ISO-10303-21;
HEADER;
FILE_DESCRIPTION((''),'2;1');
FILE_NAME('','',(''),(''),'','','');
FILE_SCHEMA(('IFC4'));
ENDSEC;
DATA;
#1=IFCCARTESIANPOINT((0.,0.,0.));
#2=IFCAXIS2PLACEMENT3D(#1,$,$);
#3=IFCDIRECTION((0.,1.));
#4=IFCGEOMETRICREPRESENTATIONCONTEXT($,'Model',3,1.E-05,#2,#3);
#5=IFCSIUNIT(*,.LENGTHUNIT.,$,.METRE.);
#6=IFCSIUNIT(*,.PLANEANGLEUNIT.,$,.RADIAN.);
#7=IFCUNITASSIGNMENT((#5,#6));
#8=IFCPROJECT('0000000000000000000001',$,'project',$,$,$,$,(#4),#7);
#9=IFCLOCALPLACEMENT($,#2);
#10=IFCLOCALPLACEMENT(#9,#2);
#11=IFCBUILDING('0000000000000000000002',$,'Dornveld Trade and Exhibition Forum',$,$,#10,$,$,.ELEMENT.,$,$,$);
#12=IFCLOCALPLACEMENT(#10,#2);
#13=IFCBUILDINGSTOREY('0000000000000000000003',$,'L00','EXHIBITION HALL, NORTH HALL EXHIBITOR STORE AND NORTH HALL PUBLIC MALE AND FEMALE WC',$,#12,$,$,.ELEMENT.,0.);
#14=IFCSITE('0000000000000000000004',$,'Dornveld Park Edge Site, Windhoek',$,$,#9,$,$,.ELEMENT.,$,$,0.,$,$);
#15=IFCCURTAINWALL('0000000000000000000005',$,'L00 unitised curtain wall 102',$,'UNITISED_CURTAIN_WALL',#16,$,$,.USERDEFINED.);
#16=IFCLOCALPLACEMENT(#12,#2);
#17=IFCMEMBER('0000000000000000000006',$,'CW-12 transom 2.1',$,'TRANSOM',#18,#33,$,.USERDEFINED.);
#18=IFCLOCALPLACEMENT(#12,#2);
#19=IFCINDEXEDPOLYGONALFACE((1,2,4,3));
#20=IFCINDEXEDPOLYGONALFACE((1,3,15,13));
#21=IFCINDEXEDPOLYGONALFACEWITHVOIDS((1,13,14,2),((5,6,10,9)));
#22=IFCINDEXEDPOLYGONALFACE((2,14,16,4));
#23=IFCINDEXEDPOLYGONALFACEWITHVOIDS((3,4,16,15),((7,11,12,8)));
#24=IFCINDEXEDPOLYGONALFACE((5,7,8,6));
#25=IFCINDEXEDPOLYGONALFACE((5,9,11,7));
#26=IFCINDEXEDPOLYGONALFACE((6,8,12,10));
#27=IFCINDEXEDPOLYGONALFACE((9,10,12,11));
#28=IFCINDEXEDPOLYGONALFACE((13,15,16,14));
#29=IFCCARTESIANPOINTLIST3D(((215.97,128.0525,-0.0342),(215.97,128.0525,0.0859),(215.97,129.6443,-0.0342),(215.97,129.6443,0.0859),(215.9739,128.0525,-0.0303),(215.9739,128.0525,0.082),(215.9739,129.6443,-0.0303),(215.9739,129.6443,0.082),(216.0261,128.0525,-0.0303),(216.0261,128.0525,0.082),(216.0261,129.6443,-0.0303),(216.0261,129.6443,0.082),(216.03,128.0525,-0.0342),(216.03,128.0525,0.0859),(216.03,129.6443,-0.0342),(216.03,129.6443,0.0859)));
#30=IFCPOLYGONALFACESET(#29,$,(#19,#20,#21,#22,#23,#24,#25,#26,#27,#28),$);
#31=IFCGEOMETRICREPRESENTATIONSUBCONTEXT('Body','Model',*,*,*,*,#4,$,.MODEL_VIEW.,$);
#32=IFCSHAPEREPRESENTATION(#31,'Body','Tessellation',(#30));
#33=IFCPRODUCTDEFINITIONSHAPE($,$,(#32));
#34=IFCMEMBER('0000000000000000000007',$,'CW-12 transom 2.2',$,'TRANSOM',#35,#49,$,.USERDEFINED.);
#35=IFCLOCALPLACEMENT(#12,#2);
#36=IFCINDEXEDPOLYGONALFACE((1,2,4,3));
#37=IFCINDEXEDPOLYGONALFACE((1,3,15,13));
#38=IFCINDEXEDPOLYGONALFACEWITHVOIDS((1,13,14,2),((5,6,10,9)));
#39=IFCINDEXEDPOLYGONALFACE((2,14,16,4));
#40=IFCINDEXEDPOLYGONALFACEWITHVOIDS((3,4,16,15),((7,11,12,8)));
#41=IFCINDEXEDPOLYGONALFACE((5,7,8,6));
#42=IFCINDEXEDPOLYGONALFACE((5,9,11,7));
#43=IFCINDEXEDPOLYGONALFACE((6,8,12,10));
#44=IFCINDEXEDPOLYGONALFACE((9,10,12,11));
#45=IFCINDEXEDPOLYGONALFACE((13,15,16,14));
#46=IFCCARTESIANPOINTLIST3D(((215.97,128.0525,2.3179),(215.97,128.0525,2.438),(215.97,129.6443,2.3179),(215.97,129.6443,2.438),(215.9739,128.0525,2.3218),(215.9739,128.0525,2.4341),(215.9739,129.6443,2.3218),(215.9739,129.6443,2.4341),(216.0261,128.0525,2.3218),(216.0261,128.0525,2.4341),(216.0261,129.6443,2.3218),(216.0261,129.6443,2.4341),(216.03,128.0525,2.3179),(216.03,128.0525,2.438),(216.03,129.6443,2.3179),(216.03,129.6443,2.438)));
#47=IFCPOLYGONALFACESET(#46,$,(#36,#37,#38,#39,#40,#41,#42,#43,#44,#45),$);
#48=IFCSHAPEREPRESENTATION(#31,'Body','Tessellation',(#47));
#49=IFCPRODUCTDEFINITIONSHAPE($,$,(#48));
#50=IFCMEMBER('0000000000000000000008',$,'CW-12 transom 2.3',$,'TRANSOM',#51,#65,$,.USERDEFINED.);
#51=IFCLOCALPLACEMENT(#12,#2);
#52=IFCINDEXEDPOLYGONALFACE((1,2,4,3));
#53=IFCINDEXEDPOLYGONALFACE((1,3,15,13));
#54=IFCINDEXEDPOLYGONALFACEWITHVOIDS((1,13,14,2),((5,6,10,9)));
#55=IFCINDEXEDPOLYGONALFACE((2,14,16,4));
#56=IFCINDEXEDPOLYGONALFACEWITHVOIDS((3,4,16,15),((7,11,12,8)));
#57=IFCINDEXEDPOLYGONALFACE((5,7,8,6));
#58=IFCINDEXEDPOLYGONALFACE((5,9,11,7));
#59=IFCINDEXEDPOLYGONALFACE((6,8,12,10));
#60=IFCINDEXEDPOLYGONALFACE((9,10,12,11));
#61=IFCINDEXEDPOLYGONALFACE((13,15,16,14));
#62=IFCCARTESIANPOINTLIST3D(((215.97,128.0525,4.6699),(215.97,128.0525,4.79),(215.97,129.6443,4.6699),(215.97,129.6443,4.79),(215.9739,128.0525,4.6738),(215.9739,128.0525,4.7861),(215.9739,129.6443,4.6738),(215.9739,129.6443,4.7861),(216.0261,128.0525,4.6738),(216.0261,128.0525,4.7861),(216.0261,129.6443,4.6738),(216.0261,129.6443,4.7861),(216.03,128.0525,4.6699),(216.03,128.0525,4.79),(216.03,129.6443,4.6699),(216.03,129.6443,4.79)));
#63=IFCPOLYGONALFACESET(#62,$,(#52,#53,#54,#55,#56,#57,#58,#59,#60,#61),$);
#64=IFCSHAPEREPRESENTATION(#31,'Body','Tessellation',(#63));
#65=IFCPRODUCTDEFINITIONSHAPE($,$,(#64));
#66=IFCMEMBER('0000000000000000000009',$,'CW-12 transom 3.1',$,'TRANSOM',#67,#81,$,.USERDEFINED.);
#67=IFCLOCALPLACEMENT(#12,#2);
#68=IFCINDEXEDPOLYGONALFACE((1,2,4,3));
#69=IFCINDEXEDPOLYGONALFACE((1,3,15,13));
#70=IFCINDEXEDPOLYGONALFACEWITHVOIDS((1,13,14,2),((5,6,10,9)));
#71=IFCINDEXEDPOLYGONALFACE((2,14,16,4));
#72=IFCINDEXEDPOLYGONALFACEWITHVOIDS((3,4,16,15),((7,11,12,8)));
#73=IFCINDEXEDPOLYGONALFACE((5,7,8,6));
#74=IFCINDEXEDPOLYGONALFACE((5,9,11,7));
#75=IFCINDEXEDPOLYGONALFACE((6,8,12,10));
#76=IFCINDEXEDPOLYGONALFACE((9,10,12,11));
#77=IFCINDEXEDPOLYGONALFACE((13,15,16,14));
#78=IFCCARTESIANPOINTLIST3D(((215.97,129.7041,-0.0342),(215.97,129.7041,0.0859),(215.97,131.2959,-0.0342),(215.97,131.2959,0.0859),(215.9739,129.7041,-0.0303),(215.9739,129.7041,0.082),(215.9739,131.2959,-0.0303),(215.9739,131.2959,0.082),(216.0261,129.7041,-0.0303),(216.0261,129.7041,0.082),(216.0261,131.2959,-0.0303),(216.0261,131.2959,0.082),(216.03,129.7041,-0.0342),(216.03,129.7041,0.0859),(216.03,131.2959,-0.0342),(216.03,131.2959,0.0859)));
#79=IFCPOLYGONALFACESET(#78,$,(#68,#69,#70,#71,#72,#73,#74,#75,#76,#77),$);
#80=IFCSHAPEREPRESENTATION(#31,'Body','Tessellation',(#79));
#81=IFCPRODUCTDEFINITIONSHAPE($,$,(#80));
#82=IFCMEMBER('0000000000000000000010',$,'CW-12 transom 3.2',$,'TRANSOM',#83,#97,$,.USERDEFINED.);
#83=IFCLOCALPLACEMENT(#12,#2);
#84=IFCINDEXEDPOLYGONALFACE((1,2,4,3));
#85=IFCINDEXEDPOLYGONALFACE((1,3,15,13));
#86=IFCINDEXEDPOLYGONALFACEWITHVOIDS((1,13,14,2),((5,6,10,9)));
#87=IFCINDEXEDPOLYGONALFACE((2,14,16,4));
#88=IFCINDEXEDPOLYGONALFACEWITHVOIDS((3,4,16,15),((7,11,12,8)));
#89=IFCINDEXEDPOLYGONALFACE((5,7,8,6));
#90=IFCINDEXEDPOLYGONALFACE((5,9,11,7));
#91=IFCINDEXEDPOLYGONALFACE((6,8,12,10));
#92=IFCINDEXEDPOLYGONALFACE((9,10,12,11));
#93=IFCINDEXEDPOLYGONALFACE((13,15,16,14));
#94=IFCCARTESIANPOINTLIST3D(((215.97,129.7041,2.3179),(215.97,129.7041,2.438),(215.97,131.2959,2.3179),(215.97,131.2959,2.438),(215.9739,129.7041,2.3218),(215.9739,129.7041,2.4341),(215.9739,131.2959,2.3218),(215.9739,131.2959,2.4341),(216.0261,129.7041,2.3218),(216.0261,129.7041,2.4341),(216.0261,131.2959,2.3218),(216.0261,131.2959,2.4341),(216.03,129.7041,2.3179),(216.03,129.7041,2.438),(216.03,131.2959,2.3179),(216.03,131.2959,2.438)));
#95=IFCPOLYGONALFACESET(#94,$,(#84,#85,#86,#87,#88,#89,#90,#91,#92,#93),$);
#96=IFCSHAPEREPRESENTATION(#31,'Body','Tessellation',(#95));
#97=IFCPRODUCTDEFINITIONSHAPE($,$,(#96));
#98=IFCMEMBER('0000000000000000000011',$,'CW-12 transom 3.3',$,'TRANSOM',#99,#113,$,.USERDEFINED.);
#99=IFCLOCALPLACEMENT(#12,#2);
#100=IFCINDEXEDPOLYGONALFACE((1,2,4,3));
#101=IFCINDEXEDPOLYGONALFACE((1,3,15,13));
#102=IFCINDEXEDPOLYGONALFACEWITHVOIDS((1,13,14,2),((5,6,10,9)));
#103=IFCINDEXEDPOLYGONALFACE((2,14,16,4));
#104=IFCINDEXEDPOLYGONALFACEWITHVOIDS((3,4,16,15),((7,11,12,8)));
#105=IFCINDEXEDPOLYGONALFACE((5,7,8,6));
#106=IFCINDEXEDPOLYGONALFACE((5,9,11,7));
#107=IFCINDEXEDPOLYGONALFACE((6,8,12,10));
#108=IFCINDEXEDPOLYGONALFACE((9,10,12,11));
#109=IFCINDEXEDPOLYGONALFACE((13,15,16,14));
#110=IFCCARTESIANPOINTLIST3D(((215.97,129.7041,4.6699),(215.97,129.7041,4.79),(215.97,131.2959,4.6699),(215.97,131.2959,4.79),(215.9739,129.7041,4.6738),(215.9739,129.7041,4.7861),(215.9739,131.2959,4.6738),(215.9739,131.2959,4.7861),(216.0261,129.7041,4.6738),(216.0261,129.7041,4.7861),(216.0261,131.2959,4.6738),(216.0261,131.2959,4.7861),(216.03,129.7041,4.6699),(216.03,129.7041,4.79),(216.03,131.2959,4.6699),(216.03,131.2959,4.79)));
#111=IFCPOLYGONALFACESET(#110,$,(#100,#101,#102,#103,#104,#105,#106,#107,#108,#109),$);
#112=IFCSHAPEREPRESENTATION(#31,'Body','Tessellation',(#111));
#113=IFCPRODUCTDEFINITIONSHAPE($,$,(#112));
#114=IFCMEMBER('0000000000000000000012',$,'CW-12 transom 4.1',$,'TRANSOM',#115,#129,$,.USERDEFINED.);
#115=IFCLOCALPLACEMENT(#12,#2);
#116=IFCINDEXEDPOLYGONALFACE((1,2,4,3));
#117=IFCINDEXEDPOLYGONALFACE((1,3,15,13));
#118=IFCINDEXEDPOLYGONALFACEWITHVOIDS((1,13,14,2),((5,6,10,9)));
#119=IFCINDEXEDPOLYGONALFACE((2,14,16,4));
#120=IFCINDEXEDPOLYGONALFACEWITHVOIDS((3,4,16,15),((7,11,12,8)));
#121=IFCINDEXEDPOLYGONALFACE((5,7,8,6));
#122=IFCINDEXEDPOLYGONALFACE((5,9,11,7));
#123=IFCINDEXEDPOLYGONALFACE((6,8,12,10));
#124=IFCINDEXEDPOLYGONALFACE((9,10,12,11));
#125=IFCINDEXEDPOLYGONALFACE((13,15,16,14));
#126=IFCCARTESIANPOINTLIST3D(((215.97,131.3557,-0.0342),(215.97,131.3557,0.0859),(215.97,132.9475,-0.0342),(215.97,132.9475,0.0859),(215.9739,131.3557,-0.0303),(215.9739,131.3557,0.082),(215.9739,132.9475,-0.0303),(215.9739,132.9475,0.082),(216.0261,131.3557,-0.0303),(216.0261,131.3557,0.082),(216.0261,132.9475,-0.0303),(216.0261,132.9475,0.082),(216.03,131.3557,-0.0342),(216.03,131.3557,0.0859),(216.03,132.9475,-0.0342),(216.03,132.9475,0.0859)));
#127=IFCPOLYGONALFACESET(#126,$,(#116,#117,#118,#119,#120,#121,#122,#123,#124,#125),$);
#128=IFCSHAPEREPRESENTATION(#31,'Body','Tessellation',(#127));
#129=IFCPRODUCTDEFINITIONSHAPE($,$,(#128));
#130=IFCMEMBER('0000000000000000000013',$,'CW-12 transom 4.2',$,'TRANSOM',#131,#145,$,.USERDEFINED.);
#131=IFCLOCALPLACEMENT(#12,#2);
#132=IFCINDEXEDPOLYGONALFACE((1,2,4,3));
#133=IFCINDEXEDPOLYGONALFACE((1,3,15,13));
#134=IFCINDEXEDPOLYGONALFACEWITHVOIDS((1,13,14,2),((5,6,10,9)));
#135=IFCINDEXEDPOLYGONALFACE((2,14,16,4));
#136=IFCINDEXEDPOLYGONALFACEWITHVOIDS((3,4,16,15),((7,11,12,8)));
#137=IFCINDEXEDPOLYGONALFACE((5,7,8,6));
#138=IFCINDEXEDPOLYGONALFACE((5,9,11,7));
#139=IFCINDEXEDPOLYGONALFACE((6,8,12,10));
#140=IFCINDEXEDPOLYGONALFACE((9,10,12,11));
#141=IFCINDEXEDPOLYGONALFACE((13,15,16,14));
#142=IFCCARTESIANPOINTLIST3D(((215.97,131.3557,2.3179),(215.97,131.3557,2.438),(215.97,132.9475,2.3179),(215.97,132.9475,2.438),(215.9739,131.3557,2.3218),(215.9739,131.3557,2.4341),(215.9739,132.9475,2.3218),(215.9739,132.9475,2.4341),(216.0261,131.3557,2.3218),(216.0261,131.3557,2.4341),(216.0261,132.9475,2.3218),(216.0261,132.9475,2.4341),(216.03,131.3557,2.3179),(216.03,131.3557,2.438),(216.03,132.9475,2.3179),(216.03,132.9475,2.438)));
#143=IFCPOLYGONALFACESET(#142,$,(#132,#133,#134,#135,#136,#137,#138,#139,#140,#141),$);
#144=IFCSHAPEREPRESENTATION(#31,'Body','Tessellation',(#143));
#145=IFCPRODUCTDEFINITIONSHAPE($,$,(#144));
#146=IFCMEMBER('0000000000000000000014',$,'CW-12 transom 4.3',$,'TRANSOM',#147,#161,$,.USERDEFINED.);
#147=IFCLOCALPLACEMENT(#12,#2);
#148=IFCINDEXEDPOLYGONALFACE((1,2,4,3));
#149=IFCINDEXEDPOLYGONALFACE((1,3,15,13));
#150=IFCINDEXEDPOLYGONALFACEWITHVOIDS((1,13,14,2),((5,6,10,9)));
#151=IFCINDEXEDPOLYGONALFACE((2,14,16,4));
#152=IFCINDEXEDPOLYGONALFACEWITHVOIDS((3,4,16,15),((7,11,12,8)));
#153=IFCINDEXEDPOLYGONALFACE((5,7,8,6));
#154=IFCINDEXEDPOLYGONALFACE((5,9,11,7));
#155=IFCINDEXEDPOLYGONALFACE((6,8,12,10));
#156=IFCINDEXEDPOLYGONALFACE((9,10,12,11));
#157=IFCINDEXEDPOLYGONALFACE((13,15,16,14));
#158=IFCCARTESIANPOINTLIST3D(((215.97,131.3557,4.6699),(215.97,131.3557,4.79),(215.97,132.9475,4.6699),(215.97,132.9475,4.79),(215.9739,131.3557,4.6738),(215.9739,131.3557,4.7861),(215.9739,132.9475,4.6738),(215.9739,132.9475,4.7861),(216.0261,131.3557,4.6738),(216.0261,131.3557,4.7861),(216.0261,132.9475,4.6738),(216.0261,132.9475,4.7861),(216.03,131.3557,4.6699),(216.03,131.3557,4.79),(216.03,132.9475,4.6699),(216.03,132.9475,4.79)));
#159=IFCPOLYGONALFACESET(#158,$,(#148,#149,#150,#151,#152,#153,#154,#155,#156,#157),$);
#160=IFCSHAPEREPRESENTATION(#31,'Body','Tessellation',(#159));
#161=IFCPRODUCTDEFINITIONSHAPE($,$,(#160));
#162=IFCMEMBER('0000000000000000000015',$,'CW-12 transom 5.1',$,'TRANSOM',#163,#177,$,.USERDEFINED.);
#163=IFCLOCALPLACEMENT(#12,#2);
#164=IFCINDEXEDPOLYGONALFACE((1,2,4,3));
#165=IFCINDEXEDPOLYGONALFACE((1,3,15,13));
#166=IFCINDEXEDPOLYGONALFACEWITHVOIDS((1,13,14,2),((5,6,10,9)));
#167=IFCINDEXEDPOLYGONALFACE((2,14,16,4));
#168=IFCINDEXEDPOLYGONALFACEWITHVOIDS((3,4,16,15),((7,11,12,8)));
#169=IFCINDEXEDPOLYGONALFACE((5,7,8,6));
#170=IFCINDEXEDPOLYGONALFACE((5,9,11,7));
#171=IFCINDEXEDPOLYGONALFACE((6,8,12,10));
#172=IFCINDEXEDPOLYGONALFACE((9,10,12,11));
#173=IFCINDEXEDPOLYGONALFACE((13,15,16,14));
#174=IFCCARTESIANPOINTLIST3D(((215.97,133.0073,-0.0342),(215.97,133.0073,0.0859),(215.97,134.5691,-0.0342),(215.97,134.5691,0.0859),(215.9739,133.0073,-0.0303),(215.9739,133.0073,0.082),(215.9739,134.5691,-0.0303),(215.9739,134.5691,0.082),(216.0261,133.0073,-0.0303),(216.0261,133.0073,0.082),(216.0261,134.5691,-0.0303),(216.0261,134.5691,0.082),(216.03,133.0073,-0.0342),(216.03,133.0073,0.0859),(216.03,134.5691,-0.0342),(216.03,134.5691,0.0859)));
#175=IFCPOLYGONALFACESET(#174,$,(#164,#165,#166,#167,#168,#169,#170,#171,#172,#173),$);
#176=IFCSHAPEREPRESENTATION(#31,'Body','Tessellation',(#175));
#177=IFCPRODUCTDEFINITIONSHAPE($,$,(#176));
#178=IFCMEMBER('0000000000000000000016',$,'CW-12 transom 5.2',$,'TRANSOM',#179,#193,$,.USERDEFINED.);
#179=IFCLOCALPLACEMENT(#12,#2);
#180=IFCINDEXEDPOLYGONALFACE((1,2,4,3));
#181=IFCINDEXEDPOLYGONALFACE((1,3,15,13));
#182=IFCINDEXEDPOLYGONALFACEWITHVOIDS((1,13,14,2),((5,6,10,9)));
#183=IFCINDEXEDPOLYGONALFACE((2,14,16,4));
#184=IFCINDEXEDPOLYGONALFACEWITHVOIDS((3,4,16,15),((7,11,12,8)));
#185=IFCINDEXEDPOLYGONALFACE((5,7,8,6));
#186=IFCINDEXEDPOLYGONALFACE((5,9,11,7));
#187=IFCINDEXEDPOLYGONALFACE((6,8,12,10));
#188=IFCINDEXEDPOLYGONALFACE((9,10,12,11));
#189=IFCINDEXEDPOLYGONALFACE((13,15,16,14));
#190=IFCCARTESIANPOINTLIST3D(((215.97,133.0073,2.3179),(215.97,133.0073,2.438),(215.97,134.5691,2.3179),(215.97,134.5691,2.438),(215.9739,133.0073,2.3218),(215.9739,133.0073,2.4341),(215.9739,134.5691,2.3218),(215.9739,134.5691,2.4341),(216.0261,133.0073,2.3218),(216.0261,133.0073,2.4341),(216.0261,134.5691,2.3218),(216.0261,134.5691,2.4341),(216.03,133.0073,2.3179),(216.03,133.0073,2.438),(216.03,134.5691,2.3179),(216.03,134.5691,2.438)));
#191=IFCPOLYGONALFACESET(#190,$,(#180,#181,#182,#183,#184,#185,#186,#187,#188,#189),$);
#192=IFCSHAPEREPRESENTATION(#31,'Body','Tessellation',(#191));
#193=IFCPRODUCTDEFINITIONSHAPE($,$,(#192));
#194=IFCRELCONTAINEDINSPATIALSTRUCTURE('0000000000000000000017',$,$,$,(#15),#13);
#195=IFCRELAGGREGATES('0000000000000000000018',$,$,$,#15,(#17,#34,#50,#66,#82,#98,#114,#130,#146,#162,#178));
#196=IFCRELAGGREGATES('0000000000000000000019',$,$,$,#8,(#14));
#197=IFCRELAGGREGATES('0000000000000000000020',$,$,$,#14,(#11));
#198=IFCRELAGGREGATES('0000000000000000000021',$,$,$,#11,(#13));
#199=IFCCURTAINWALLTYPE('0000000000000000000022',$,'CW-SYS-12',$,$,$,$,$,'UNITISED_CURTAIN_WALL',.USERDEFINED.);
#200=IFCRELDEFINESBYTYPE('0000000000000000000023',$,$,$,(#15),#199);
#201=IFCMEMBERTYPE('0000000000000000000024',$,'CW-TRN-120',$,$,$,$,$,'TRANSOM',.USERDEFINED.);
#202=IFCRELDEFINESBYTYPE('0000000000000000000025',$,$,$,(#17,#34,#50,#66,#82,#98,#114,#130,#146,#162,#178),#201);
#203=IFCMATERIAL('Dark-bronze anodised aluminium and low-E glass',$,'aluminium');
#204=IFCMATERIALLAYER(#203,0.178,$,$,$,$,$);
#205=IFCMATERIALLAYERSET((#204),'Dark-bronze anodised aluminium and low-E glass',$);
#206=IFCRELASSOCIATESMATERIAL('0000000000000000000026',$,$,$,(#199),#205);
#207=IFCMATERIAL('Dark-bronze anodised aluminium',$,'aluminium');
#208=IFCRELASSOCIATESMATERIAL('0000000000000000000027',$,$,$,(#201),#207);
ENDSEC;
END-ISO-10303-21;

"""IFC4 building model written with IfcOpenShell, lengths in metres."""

from ifc_helpers import new_model, si_unit, direction, frame, origin, origin_2d, place, context, subcontext, project, spatial, hollow_rectangle, extrude, material, layer, layer_set, material_profile, profile_set, type_object, element, aggregate, save


model = new_model("IFC4")

# Units and contexts
model_context = context("Model", 3, precision=1e-05, world=origin(), true_north=direction((0.0, 1.0)))
body_context = subcontext(model_context, "Body", "Model", "MODEL_VIEW")
ifc_project = project(units=[si_unit("LENGTHUNIT", "METRE"), si_unit("PLANEANGLEUNIT", "RADIAN")], contexts=[model_context])

# Site, building, storey
site_placement = place(None, origin())
site = spatial("IfcSite", under=ifc_project, at=site_placement, Name="Dornveld Park Edge Site, Windhoek", CompositionType="ELEMENT", RefElevation=0.0)
building_placement = place(site_placement, origin())
building = spatial("IfcBuilding", under=site, at=building_placement, Name="Dornveld Trade and Exhibition Forum", CompositionType="ELEMENT")
storey_placement = place(building_placement, origin())
storey = spatial("IfcBuildingStorey", under=building, at=storey_placement, Name="L00", Description="EXHIBITION HALL, NORTH HALL EXHIBITOR STORE AND NORTH HALL PUBLIC MALE AND FEMALE WC", CompositionType="ELEMENT", Elevation=0.0)

# Curtain wall, members
ifc_material_1 = material(Name="Dark-bronze anodised aluminium and low-E glass", Category="aluminium")
ifc_layer_1 = layer(ifc_material_1, 0.178)
ifc_layer_set_1 = layer_set([ifc_layer_1], Name="Dark-bronze anodised aluminium and low-E glass")
curtain_wall_type = type_object("IfcCurtainWallType", Name="CW-SYS-12", ElementType="UNITISED_CURTAIN_WALL", PredefinedType="USERDEFINED", material=ifc_layer_set_1)
curtain_wall_placement = place(storey_placement, origin())
curtain_wall = element("IfcCurtainWall", 1, at=curtain_wall_placement, inside=storey, type_object=curtain_wall_type, Name="L00 unitised curtain wall 102", ObjectType="UNITISED_CURTAIN_WALL", PredefinedType="USERDEFINED")
ifc_material_2 = material(Name="Dark-bronze anodised aluminium", Category="aluminium")
ifc_material_profile_1 = material_profile(ifc_material_2, hollow_rectangle(XDim=0.0601, YDim=0.1201, WallThickness=0.0039, at=origin_2d()), Name="RHS 120x60x4")
ifc_profile_set_1 = profile_set([ifc_material_profile_1], Name="Dark-bronze anodised aluminium")
member_type_1 = type_object("IfcMemberType", Name="CW-TRN-120", ElementType="TRANSOM", PredefinedType="USERDEFINED", material=ifc_profile_set_1)
member_1_placement = place(storey_placement, frame((216.0, 128.0525, 0.0259), z_axis=(0.0, 1.0, 0.0), x_axis=(-1.0, 0.0, 0.0)))
member_1 = element("IfcMember", 2, at=member_1_placement, type_object=member_type_1, Name="CW-12 transom 2.1", ObjectType="TRANSOM", PredefinedType="USERDEFINED", context=body_context, shape_type="SweptSolid", body=[
    extrude(hollow_rectangle(XDim=0.0601, YDim=0.1201, WallThickness=0.0039, at=origin_2d()), origin(), (0.0, 0.0, 1.0), 1.5918),
])
member_2_placement = place(storey_placement, frame((216.0, 128.0525, 2.3779), z_axis=(0.0, 1.0, 0.0), x_axis=(-1.0, 0.0, 0.0)))
member_2 = element("IfcMember", 3, at=member_2_placement, type_object=member_type_1, Name="CW-12 transom 2.2", ObjectType="TRANSOM", PredefinedType="USERDEFINED", context=body_context, shape_type="SweptSolid", body=[
    extrude(hollow_rectangle(XDim=0.0601, YDim=0.1201, WallThickness=0.0039, at=origin_2d()), origin(), (0.0, 0.0, 1.0), 1.5918),
])
member_3_placement = place(storey_placement, frame((216.0, 128.0525, 4.73), z_axis=(0.0, 1.0, 0.0), x_axis=(-1.0, 0.0, 0.0)))
member_3 = element("IfcMember", 4, at=member_3_placement, type_object=member_type_1, Name="CW-12 transom 2.3", ObjectType="TRANSOM", PredefinedType="USERDEFINED", context=body_context, shape_type="SweptSolid", body=[
    extrude(hollow_rectangle(XDim=0.0601, YDim=0.1201, WallThickness=0.0039, at=origin_2d()), origin(), (0.0, 0.0, 1.0), 1.5918),
])
member_4_placement = place(storey_placement, frame((216.0, 129.7041, 0.0259), z_axis=(0.0, 1.0, 0.0), x_axis=(-1.0, 0.0, 0.0)))
member_4 = element("IfcMember", 5, at=member_4_placement, type_object=member_type_1, Name="CW-12 transom 3.1", ObjectType="TRANSOM", PredefinedType="USERDEFINED", context=body_context, shape_type="SweptSolid", body=[
    extrude(hollow_rectangle(XDim=0.0601, YDim=0.1201, WallThickness=0.0039, at=origin_2d()), origin(), (0.0, 0.0, 1.0), 1.5918),
])
member_5_placement = place(storey_placement, frame((216.0, 129.7041, 2.3779), z_axis=(0.0, 1.0, 0.0), x_axis=(-1.0, 0.0, 0.0)))
member_5 = element("IfcMember", 6, at=member_5_placement, type_object=member_type_1, Name="CW-12 transom 3.2", ObjectType="TRANSOM", PredefinedType="USERDEFINED", context=body_context, shape_type="SweptSolid", body=[
    extrude(hollow_rectangle(XDim=0.0601, YDim=0.1201, WallThickness=0.0039, at=origin_2d()), origin(), (0.0, 0.0, 1.0), 1.5918),
])
member_6_placement = place(storey_placement, frame((216.0, 129.7041, 4.73), z_axis=(0.0, 1.0, 0.0), x_axis=(-1.0, 0.0, 0.0)))
member_6 = element("IfcMember", 7, at=member_6_placement, type_object=member_type_1, Name="CW-12 transom 3.3", ObjectType="TRANSOM", PredefinedType="USERDEFINED", context=body_context, shape_type="SweptSolid", body=[
    extrude(hollow_rectangle(XDim=0.0601, YDim=0.1201, WallThickness=0.0039, at=origin_2d()), origin(), (0.0, 0.0, 1.0), 1.5918),
])
member_7_placement = place(storey_placement, frame((216.0, 131.3557, 0.0259), z_axis=(0.0, 1.0, 0.0), x_axis=(-1.0, 0.0, 0.0)))
member_7 = element("IfcMember", 8, at=member_7_placement, type_object=member_type_1, Name="CW-12 transom 4.1", ObjectType="TRANSOM", PredefinedType="USERDEFINED", context=body_context, shape_type="SweptSolid", body=[
    extrude(hollow_rectangle(XDim=0.0601, YDim=0.1201, WallThickness=0.0039, at=origin_2d()), origin(), (0.0, 0.0, 1.0), 1.5918),
])
member_8_placement = place(storey_placement, frame((216.0, 131.3557, 2.3779), z_axis=(0.0, 1.0, 0.0), x_axis=(-1.0, 0.0, 0.0)))
member_8 = element("IfcMember", 9, at=member_8_placement, type_object=member_type_1, Name="CW-12 transom 4.2", ObjectType="TRANSOM", PredefinedType="USERDEFINED", context=body_context, shape_type="SweptSolid", body=[
    extrude(hollow_rectangle(XDim=0.0601, YDim=0.1201, WallThickness=0.0039, at=origin_2d()), origin(), (0.0, 0.0, 1.0), 1.5918),
])
member_9_placement = place(storey_placement, frame((216.0, 131.3557, 4.73), z_axis=(0.0, 1.0, 0.0), x_axis=(-1.0, 0.0, 0.0)))
member_9 = element("IfcMember", 10, at=member_9_placement, type_object=member_type_1, Name="CW-12 transom 4.3", ObjectType="TRANSOM", PredefinedType="USERDEFINED", context=body_context, shape_type="SweptSolid", body=[
    extrude(hollow_rectangle(XDim=0.0601, YDim=0.1201, WallThickness=0.0039, at=origin_2d()), origin(), (0.0, 0.0, 1.0), 1.5918),
])
member_10_placement = place(storey_placement, frame((216.0, 133.0073, 0.0259), z_axis=(0.0, 1.0, 0.0), x_axis=(-1.0, 0.0, 0.0)))
member_10 = element("IfcMember", 11, at=member_10_placement, type_object=member_type_1, Name="CW-12 transom 5.1", ObjectType="TRANSOM", PredefinedType="USERDEFINED", context=body_context, shape_type="SweptSolid", body=[
    extrude(hollow_rectangle(XDim=0.0601, YDim=0.1201, WallThickness=0.0039, at=origin_2d()), origin(), (0.0, 0.0, 1.0), 1.5618),
])
member_11_placement = place(storey_placement, frame((216.0, 133.0073, 2.3779), z_axis=(0.0, 1.0, 0.0), x_axis=(-1.0, 0.0, 0.0)))
member_11 = element("IfcMember", 12, at=member_11_placement, type_object=member_type_1, Name="CW-12 transom 5.2", ObjectType="TRANSOM", PredefinedType="USERDEFINED", context=body_context, shape_type="SweptSolid", body=[
    extrude(hollow_rectangle(XDim=0.0601, YDim=0.1201, WallThickness=0.0039, at=origin_2d()), origin(), (0.0, 0.0, 1.0), 1.5618),
])
aggregate(curtain_wall, [member_1, member_2, member_3, member_4, member_5, member_6, member_7, member_8, member_9, member_10, member_11])

save(model, "model.ifc")
